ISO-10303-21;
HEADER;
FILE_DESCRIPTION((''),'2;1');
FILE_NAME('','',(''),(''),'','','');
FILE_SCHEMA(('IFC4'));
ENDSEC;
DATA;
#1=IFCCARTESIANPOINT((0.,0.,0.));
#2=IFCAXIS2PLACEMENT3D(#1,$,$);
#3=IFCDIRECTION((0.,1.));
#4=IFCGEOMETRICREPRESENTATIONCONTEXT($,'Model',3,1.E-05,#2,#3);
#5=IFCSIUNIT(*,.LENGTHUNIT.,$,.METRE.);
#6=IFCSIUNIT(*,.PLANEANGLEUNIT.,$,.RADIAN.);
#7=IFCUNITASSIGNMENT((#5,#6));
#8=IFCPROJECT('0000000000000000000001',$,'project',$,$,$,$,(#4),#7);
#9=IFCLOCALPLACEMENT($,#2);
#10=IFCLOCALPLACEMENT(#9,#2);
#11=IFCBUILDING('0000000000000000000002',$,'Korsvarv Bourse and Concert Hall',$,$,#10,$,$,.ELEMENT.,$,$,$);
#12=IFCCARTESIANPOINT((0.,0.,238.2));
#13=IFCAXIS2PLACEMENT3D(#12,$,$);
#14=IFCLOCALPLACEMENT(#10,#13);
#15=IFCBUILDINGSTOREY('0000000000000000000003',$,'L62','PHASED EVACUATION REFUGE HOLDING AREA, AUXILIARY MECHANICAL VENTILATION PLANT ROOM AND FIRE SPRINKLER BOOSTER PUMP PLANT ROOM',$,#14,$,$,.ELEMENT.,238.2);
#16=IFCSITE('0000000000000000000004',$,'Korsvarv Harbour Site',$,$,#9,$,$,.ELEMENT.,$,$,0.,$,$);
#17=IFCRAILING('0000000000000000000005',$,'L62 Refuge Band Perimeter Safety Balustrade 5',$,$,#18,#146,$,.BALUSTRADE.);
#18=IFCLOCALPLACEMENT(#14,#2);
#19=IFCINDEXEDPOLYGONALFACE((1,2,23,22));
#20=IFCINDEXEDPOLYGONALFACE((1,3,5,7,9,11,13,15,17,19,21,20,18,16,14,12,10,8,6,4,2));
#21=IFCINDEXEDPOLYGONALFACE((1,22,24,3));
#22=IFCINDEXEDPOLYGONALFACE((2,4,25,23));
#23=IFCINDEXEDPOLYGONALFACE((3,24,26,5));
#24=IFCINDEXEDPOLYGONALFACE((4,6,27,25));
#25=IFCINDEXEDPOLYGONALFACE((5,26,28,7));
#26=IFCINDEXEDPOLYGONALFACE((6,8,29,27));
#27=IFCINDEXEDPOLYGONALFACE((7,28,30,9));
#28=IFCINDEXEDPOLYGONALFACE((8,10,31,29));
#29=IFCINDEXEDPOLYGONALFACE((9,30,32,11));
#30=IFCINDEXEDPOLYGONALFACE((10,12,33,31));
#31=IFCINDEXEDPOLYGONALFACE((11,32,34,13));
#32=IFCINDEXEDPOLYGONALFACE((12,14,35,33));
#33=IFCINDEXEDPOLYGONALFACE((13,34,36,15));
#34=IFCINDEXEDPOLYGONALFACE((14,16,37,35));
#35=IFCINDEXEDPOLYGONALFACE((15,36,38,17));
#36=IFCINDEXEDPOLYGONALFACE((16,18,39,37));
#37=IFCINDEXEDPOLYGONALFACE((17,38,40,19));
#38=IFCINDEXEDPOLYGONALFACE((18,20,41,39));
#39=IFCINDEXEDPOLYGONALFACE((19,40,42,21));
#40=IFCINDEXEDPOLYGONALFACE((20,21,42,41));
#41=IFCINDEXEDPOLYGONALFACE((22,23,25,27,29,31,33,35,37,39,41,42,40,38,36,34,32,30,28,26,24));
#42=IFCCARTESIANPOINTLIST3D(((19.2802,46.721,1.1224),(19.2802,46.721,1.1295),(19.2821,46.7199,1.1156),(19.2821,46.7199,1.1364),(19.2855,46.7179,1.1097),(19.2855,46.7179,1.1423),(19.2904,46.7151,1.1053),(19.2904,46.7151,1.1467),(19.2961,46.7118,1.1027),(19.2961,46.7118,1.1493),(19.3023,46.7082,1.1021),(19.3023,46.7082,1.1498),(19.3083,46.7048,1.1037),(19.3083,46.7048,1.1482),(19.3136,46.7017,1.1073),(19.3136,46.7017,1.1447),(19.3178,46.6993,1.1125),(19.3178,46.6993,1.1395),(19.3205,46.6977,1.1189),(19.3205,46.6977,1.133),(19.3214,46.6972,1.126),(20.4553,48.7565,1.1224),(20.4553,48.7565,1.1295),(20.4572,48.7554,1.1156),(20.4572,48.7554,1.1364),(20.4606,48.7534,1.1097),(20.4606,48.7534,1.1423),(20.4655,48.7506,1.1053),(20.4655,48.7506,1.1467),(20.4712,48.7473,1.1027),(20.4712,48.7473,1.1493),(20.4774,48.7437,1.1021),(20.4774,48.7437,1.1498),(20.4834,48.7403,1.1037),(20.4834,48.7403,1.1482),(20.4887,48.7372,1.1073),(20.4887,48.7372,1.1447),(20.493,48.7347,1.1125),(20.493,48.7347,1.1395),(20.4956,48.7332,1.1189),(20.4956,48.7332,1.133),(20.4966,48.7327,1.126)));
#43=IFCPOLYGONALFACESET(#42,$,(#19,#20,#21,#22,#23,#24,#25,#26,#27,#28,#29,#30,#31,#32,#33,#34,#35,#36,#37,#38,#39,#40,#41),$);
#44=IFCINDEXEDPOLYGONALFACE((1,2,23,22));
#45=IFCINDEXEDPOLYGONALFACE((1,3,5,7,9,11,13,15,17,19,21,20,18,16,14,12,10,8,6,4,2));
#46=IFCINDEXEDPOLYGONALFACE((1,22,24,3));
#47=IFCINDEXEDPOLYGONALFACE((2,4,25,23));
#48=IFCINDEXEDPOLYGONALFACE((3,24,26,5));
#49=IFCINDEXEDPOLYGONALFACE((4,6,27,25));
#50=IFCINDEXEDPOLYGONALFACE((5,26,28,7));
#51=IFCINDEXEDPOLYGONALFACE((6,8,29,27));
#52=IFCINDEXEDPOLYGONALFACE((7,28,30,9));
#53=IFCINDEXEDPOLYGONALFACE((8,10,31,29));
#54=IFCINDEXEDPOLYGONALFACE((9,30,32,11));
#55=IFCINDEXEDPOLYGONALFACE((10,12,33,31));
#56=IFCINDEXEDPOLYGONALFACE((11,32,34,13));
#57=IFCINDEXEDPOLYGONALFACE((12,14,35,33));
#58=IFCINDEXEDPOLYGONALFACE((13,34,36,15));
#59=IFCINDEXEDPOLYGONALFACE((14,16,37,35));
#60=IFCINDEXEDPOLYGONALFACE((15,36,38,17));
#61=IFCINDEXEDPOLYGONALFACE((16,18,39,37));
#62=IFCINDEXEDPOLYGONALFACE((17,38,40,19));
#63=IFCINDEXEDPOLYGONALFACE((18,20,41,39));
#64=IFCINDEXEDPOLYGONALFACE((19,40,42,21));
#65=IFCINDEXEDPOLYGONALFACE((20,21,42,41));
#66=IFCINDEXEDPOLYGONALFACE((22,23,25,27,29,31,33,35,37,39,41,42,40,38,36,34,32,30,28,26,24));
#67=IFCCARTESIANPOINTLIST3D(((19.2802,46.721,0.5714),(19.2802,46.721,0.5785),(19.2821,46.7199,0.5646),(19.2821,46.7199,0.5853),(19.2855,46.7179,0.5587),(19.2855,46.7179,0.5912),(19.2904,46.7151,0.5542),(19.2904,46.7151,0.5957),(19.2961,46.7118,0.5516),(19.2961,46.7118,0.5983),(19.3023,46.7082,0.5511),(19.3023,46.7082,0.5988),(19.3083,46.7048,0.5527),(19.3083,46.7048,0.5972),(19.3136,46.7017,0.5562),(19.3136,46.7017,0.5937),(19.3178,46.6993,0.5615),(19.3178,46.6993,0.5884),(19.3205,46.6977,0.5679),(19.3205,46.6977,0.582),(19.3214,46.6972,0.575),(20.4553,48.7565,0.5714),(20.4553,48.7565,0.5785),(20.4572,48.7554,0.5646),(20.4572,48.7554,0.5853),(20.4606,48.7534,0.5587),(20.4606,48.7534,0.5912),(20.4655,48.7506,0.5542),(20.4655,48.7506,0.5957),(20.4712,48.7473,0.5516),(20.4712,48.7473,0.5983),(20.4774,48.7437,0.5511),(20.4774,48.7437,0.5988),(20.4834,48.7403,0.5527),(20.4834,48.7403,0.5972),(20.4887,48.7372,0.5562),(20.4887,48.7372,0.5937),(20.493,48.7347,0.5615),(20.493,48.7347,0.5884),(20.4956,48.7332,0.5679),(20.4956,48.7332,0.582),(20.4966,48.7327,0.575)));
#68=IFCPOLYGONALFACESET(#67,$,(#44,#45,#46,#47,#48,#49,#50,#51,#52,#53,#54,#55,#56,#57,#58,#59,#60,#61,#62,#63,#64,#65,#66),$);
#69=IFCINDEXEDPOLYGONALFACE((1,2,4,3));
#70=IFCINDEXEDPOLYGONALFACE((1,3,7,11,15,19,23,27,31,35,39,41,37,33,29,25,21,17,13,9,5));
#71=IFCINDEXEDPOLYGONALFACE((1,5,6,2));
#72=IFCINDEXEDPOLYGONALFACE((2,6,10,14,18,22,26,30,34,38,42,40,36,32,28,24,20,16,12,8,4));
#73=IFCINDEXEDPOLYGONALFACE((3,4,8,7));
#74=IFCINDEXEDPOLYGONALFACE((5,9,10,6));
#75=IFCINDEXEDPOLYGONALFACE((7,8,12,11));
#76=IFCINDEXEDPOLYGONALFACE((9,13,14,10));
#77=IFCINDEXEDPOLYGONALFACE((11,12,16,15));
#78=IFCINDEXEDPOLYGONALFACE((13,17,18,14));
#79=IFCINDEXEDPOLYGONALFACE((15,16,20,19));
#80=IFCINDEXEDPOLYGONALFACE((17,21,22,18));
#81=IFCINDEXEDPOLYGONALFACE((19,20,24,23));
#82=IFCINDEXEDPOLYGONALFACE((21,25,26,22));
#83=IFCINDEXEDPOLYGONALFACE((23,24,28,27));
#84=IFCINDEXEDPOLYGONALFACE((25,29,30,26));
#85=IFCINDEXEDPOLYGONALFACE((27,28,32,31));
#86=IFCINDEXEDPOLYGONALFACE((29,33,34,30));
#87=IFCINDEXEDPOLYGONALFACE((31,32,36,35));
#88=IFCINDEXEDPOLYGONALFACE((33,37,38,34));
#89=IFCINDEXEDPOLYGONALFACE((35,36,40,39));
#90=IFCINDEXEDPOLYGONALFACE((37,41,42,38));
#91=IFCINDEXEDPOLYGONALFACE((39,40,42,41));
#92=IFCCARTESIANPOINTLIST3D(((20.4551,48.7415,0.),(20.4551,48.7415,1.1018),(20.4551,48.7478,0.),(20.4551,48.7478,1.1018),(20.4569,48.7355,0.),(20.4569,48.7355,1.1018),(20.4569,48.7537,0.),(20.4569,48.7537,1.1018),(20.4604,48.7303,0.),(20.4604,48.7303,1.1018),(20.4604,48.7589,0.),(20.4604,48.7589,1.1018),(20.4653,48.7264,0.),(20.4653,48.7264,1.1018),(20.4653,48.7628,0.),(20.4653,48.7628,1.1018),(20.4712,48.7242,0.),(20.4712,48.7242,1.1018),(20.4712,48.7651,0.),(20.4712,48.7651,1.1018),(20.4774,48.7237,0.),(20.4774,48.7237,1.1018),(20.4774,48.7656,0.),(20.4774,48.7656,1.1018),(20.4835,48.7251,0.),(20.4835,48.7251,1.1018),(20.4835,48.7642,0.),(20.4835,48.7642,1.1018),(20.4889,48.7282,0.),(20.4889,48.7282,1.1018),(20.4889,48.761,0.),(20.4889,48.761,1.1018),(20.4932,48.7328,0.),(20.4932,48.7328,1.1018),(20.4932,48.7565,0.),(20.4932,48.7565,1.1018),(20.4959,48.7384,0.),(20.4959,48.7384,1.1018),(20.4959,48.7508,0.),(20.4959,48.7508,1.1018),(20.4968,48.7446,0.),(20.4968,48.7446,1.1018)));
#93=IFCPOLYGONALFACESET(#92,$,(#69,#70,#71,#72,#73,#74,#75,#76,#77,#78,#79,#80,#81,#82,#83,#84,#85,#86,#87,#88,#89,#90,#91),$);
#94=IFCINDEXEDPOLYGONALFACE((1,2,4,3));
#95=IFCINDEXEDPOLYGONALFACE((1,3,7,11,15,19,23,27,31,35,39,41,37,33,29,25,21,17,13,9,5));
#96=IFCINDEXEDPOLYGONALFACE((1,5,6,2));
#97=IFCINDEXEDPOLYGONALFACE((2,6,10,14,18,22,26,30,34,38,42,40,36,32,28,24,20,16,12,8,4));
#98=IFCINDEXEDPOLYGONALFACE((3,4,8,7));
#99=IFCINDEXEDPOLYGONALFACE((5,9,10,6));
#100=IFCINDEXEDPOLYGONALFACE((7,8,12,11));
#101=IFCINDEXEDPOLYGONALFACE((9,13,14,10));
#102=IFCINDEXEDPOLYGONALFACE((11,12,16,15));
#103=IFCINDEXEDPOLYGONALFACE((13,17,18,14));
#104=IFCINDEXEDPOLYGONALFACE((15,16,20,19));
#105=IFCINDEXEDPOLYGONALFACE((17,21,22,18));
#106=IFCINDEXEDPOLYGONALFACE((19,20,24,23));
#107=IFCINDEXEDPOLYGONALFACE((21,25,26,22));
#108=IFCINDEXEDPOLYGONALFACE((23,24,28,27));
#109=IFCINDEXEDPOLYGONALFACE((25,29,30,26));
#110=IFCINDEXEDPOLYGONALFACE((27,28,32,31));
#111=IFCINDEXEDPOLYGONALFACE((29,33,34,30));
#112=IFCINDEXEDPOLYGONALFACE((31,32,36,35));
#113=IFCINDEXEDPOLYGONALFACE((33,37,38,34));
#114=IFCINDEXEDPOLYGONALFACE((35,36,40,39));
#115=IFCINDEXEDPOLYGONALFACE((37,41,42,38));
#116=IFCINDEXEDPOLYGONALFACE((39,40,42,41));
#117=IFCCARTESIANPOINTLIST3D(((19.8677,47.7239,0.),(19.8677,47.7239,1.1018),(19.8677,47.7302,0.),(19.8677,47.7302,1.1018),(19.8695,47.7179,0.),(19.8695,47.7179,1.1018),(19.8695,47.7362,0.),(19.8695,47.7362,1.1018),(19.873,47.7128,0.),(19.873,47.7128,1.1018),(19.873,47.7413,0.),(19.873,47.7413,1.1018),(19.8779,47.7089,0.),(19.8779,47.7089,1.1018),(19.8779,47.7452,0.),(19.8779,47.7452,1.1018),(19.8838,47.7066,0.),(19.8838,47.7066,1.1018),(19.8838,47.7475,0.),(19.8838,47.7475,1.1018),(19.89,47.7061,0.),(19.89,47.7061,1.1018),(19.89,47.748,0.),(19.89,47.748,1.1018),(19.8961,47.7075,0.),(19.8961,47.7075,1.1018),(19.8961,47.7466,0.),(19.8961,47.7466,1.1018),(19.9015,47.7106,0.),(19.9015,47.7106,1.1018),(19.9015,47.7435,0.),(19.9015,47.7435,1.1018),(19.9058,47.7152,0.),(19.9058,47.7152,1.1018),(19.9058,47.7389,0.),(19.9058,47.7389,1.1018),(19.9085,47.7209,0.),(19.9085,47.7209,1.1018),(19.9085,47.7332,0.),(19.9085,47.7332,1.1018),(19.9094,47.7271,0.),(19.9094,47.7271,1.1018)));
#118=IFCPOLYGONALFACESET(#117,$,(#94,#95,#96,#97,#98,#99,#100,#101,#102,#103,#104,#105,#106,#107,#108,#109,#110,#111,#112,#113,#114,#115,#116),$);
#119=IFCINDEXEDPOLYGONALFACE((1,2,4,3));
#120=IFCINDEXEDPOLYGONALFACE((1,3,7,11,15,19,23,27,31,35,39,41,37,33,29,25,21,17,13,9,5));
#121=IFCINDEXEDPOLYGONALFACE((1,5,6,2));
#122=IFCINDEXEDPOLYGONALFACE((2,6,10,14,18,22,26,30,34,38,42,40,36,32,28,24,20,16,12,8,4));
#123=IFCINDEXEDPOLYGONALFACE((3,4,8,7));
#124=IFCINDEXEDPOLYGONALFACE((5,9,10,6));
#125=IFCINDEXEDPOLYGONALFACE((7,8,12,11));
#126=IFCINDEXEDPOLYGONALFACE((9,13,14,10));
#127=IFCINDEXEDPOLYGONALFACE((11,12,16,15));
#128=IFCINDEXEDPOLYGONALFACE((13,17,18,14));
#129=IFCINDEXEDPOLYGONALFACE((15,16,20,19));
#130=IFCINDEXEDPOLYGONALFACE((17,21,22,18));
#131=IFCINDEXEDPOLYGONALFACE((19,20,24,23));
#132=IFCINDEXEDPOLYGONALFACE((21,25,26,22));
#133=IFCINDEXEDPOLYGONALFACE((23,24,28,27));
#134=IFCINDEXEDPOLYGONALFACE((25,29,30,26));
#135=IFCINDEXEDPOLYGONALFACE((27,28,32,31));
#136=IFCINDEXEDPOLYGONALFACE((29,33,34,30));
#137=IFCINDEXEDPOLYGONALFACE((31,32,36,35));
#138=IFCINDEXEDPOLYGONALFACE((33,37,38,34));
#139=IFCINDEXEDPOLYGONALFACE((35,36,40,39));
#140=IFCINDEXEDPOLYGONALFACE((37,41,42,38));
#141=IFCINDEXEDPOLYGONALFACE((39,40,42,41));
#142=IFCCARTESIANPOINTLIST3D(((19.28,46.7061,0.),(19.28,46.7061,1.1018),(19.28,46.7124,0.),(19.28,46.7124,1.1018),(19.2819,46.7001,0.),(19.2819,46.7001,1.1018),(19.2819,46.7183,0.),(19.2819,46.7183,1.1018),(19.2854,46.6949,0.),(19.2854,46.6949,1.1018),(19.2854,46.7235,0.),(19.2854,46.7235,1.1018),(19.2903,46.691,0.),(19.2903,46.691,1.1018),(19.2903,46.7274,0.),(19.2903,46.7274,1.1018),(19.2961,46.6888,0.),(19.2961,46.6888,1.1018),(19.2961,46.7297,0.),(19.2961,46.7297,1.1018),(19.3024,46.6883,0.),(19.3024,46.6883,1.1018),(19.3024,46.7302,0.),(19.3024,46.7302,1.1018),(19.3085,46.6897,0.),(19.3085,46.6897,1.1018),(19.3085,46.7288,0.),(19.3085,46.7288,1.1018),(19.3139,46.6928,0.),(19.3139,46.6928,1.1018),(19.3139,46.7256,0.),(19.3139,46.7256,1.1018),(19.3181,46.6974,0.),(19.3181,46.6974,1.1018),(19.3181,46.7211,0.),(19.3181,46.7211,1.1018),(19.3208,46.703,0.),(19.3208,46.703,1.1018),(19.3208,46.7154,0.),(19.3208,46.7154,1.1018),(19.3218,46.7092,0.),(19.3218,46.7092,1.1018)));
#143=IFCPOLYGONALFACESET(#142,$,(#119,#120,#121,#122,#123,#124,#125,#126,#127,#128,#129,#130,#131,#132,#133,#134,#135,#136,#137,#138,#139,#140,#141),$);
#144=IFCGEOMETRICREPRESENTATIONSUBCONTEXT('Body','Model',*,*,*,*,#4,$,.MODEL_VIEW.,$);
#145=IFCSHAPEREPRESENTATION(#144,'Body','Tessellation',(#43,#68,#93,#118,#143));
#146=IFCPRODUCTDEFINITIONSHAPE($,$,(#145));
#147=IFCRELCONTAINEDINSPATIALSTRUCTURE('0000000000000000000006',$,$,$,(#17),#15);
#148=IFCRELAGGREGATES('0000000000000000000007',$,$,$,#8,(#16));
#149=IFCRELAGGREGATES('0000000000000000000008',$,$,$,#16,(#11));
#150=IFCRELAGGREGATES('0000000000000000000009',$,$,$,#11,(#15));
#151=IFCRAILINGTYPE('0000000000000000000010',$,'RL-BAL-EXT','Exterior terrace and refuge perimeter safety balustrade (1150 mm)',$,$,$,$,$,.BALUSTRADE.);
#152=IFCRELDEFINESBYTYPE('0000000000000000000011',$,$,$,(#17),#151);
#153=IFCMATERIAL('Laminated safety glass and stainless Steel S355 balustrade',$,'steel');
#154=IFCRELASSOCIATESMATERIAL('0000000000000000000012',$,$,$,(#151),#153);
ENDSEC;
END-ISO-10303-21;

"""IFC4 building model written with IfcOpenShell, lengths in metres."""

from ifc_helpers import new_model, si_unit, direction, frame, origin, origin_2d, place, context, subcontext, project, spatial, circle, extrude, material, type_object, element, save


model = new_model("IFC4")

# Units and contexts
model_context = context("Model", 3, precision=1e-05, world=origin(), true_north=direction((0.0, 1.0)))
body_context = subcontext(model_context, "Body", "Model", "MODEL_VIEW")
ifc_project = project(units=[si_unit("LENGTHUNIT", "METRE"), si_unit("PLANEANGLEUNIT", "RADIAN")], contexts=[model_context])

# Site, building, storey
site_placement = place(None, origin())
site = spatial("IfcSite", under=ifc_project, at=site_placement, Name="Korsvarv Harbour Site", CompositionType="ELEMENT", RefElevation=0.0)
building_placement = place(site_placement, origin())
building = spatial("IfcBuilding", under=site, at=building_placement, Name="Korsvarv Bourse and Concert Hall", CompositionType="ELEMENT")
storey_placement = place(building_placement, frame((0.0, 0.0, 238.2)))
storey = spatial("IfcBuildingStorey", under=building, at=storey_placement, Name="L62", Description="PHASED EVACUATION REFUGE HOLDING AREA, AUXILIARY MECHANICAL VENTILATION PLANT ROOM AND FIRE SPRINKLER BOOSTER PUMP PLANT ROOM", CompositionType="ELEMENT", Elevation=238.2)

# Railing
ifc_material_1 = material(Name="Laminated safety glass and stainless Steel S355 balustrade", Category="steel")
railing_type = type_object("IfcRailingType", Name="RL-BAL-EXT", Description="Exterior terrace and refuge perimeter safety balustrade (1150 mm)", PredefinedType="BALUSTRADE", material=ifc_material_1)
railing_1_placement = place(storey_placement, frame((20.4758, 48.7446, 0.0)))
element("IfcRailing", 1, at=railing_1_placement, inside=storey, type_object=railing_type, Name="L62 Refuge Band Perimeter Safety Balustrade 5", PredefinedType="BALUSTRADE", context=body_context, shape_type="SweptSolid", body=[
    extrude(circle(Radius=0.0239, at=origin_2d()), frame((0.0, 0.0, 1.126), z_axis=(-0.499971, -0.866042, 0.0), x_axis=(0.866042, -0.499971, 0.0)), (0.0, 0.0, 1.0), 2.3503),
    extrude(circle(Radius=0.0239, at=origin_2d()), frame((0.0, 0.0, 0.575), z_axis=(-0.499971, -0.866042, 0.0), x_axis=(0.866042, -0.499971, 0.0)), (0.0, 0.0, 1.0), 2.3503),
    extrude(circle(Radius=0.021, at=origin_2d()), origin(), (0.0, 0.0, 1.0), 1.1018),
    extrude(circle(Radius=0.021, at=origin_2d()), frame((-0.5874, -1.0176, 0.0)), (0.0, 0.0, 1.0), 1.1018),
    extrude(circle(Radius=0.021, at=origin_2d()), frame((-1.175, -2.0354, 0.0)), (0.0, 0.0, 1.0), 1.1018),
])

save(model, "model.ifc")
